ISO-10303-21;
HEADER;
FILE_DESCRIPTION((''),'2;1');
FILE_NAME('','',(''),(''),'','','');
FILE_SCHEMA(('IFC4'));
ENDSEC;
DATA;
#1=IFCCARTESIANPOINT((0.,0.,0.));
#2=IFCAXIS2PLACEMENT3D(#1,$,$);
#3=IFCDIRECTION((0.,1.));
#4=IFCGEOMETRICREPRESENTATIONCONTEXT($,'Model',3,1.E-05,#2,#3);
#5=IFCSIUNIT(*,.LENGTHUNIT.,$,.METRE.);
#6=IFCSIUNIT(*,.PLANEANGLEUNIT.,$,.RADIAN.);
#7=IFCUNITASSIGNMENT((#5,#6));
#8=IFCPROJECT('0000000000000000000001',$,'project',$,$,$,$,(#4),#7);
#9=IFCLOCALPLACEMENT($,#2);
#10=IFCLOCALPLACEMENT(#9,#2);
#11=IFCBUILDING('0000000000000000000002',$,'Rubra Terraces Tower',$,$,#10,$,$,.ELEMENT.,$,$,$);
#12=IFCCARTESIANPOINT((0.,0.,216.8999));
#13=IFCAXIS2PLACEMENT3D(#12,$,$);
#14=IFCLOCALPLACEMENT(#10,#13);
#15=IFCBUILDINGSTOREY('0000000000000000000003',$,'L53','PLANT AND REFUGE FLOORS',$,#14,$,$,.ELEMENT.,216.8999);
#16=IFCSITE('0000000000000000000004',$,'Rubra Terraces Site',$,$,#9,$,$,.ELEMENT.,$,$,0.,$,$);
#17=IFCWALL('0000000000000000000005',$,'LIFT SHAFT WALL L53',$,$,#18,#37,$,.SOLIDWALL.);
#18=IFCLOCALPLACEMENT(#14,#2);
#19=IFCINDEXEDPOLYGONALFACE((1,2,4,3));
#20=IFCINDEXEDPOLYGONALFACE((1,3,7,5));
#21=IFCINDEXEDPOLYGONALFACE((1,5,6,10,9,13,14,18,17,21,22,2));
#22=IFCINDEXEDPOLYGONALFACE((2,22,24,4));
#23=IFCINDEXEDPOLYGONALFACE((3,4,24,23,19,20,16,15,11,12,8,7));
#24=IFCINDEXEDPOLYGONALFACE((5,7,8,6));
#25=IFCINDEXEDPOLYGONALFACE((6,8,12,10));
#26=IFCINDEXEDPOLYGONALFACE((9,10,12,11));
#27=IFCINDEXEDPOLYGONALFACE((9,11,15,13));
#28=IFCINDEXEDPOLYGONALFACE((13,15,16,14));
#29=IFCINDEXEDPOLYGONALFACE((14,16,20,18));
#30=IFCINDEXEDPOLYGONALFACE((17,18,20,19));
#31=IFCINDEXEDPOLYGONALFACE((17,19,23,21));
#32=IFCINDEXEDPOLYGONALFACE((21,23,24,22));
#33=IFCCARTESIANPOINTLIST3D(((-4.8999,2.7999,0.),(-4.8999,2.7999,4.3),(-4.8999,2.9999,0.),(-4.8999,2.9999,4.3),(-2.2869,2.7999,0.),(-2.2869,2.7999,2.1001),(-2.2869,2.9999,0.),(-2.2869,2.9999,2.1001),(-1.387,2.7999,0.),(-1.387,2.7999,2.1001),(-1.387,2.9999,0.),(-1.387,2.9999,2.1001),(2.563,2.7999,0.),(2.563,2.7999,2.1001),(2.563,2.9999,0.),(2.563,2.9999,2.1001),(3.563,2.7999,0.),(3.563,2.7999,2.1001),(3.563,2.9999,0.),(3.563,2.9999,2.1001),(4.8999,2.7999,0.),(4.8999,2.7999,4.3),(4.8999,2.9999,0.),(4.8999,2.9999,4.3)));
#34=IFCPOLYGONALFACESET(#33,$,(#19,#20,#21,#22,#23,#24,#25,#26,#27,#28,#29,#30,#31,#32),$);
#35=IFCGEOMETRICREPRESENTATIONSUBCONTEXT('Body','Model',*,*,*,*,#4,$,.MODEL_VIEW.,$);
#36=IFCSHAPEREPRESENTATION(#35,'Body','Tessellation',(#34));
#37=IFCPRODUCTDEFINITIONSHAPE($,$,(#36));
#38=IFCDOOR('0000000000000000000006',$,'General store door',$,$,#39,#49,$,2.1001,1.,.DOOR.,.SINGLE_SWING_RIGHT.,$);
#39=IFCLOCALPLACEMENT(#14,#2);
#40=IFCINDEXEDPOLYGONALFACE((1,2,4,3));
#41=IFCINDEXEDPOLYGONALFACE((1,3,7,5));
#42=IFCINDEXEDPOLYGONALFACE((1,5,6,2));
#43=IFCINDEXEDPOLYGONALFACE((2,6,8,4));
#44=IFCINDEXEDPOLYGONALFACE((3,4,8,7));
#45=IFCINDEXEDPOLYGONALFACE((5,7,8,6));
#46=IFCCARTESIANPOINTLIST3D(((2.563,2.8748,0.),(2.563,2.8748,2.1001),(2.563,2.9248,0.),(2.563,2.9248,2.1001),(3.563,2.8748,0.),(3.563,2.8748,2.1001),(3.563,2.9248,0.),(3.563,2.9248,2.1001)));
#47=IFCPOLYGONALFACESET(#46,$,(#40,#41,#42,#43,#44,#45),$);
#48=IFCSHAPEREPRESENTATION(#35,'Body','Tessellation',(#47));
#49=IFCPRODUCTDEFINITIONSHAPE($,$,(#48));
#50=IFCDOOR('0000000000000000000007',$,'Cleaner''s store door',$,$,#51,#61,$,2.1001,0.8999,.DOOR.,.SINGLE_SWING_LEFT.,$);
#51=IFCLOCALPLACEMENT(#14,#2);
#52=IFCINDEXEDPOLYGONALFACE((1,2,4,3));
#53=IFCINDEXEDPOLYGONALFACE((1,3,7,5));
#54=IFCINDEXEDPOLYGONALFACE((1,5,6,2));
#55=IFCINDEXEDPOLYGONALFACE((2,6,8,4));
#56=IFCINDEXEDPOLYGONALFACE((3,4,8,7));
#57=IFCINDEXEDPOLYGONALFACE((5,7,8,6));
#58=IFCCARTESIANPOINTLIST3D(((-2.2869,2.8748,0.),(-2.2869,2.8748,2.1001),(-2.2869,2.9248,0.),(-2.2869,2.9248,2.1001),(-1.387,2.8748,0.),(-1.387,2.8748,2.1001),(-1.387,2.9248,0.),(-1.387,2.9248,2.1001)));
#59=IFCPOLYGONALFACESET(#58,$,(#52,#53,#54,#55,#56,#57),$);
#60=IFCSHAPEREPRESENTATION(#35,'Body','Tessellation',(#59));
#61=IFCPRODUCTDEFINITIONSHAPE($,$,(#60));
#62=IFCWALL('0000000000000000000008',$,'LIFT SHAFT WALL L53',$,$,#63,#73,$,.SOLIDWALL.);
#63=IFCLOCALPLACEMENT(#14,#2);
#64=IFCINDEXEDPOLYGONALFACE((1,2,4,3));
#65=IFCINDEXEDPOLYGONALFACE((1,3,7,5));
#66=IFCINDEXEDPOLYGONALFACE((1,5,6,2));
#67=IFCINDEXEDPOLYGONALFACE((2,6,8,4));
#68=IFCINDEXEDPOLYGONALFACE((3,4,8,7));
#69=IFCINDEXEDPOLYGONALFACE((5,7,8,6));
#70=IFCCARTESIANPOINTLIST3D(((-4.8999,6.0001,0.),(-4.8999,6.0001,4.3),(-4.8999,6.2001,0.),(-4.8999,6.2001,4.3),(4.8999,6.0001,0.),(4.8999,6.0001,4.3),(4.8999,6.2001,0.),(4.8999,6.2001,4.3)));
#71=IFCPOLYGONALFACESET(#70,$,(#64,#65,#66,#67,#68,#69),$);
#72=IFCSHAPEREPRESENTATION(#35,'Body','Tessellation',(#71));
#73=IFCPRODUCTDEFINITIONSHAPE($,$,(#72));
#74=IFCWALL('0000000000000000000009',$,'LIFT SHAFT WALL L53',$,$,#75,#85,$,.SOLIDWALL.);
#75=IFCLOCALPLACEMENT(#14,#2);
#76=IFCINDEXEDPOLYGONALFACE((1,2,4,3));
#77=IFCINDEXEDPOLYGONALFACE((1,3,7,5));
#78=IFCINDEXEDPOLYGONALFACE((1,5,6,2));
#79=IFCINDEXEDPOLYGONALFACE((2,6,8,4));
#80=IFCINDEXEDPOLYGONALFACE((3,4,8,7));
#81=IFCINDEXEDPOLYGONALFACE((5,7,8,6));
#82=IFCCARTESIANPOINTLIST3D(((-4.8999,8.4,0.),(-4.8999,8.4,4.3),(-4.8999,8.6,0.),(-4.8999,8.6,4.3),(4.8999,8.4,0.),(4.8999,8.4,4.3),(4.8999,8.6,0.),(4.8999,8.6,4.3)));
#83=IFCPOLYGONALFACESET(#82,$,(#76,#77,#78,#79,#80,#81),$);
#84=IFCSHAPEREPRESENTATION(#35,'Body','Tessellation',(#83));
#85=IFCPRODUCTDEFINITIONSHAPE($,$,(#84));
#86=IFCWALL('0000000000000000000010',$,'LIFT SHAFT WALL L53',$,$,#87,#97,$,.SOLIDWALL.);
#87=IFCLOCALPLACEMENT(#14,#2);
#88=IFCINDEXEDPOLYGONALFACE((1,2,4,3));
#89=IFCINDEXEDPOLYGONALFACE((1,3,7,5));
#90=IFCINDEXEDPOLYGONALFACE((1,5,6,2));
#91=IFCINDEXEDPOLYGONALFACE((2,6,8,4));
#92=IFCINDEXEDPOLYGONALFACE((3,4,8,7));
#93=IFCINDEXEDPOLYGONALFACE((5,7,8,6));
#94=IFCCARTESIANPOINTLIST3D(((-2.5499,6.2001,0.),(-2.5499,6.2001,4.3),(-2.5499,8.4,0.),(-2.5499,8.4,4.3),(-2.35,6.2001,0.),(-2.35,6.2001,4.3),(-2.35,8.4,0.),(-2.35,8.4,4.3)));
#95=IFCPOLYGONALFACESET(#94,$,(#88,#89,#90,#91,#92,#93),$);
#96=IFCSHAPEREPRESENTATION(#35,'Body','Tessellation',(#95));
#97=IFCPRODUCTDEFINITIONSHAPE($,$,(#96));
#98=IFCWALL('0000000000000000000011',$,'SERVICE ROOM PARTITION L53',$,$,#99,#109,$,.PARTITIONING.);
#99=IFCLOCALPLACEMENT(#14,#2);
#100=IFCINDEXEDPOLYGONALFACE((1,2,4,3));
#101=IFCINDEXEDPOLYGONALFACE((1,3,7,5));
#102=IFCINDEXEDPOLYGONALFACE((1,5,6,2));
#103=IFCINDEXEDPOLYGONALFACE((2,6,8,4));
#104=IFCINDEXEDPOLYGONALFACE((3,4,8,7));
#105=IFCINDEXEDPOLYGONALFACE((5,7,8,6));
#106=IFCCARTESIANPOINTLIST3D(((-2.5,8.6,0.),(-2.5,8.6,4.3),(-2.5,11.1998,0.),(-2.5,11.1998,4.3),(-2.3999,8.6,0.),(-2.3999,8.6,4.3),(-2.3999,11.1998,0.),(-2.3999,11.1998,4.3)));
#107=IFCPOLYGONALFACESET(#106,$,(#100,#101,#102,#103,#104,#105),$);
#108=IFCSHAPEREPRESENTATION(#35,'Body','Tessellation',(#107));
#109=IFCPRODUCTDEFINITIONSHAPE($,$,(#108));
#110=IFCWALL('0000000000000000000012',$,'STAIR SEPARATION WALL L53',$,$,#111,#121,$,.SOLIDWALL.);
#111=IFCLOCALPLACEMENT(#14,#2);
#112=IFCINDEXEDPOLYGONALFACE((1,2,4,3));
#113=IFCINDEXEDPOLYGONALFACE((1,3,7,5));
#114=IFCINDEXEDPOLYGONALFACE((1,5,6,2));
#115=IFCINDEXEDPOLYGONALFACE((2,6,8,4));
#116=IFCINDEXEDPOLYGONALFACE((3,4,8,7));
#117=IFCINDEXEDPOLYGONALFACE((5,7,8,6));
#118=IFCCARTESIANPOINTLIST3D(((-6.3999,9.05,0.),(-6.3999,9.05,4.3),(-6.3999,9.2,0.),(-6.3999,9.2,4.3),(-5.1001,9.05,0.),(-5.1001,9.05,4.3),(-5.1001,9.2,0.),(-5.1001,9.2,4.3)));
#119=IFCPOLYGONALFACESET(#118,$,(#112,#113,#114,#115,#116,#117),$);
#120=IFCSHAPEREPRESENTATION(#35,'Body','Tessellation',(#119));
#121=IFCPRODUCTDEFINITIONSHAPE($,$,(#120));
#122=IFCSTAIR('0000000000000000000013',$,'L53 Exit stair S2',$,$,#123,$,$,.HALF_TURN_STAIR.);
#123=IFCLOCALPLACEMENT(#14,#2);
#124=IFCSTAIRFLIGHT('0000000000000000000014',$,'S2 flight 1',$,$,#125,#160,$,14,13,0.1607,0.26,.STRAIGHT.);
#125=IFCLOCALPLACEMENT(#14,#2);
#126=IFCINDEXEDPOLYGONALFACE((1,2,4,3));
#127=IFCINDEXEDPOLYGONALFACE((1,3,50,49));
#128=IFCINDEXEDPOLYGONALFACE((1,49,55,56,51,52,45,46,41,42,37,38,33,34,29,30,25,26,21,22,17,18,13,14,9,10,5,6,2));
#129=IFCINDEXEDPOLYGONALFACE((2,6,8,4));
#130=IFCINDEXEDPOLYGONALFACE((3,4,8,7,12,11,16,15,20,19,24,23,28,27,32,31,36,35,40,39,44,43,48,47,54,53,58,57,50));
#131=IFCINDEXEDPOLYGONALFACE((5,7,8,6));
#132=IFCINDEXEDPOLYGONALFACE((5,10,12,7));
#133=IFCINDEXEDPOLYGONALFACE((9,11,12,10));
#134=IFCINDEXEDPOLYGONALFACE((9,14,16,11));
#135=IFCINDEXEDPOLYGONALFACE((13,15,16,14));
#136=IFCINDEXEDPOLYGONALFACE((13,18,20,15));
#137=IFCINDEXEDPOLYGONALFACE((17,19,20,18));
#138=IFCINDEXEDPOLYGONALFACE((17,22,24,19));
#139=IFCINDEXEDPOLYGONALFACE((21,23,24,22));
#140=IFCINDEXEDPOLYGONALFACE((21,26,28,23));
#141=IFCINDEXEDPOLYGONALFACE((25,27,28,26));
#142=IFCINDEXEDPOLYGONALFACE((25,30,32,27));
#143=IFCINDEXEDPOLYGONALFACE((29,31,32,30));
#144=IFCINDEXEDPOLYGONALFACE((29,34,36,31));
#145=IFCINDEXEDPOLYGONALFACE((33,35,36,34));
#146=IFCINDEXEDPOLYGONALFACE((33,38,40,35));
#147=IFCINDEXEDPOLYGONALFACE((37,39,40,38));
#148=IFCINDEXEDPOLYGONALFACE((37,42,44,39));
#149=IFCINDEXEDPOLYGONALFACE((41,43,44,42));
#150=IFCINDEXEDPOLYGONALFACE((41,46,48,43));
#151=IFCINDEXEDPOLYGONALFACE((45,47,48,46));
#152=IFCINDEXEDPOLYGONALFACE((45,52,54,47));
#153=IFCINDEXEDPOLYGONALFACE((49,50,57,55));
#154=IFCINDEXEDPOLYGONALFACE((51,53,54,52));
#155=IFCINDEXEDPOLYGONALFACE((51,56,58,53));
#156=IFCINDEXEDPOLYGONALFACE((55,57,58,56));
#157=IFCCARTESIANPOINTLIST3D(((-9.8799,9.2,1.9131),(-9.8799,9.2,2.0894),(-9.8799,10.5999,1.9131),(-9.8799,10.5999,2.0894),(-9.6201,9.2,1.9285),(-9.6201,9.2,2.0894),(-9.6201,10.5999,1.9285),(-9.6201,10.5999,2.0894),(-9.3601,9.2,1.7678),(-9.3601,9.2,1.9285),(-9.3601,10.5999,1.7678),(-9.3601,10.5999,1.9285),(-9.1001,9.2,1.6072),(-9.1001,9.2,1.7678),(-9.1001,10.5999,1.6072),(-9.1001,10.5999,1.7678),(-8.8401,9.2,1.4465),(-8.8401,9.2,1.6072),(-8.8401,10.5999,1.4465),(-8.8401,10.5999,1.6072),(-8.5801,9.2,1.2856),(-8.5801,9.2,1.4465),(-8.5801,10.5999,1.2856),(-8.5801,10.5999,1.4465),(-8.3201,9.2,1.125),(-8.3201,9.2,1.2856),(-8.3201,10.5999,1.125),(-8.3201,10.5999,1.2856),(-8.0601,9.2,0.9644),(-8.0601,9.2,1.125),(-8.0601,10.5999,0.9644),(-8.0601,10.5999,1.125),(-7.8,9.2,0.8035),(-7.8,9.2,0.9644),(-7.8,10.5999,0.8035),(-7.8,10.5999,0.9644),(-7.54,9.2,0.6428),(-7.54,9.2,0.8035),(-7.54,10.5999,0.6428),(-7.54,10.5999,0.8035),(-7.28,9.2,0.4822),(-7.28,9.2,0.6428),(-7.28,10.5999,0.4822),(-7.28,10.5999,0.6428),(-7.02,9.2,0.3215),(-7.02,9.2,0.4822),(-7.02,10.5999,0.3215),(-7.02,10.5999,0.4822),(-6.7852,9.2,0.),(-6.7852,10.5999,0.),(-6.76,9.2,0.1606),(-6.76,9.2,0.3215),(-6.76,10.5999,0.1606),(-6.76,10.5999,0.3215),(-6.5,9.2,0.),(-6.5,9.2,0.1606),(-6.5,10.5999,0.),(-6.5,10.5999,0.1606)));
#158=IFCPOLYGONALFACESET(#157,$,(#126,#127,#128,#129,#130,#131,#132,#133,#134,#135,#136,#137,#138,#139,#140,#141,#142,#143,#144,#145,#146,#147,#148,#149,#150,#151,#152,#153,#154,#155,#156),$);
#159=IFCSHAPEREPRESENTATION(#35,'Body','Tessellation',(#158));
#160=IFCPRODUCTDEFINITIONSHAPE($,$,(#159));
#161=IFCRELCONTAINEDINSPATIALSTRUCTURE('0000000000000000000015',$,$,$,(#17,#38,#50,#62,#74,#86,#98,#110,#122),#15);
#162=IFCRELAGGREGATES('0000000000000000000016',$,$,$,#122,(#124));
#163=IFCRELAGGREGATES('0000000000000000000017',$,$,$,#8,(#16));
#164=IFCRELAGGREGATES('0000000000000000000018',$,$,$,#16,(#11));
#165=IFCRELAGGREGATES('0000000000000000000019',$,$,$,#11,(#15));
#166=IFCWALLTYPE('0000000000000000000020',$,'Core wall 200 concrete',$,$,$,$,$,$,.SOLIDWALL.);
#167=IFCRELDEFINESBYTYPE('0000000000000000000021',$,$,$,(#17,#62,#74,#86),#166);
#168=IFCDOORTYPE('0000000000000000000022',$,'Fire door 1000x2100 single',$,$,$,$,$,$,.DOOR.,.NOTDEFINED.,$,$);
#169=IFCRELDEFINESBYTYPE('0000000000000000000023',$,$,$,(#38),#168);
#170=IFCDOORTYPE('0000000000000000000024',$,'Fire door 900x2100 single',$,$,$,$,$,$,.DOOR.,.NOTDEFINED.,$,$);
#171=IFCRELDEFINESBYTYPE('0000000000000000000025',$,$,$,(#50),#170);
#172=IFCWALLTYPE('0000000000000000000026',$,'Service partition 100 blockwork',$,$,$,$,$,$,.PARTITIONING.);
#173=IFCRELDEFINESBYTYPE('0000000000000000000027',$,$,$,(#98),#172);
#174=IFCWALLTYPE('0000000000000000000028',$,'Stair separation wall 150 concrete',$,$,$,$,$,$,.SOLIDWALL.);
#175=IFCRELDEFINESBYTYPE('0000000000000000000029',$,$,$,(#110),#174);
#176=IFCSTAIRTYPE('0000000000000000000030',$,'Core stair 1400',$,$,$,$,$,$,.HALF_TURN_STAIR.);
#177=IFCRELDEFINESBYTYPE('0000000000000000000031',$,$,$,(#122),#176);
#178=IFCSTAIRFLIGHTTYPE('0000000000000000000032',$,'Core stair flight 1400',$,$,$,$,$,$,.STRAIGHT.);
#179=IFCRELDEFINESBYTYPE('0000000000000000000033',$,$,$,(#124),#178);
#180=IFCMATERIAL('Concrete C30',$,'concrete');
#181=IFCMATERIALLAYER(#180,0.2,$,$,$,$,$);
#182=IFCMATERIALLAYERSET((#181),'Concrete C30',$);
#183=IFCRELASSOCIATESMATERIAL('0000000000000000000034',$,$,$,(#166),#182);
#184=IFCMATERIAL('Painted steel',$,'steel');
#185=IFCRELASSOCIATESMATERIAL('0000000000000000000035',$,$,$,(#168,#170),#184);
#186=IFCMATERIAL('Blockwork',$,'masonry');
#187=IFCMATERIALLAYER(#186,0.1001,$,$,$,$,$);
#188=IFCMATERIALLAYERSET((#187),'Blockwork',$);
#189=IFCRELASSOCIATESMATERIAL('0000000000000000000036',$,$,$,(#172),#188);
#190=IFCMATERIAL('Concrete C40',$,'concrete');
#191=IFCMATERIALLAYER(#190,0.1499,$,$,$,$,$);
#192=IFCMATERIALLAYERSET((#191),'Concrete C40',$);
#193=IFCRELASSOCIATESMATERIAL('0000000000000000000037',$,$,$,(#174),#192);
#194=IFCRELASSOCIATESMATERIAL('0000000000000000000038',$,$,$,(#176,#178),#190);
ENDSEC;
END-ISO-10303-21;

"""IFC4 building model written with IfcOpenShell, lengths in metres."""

from ifc_helpers import new_model, si_unit, direction, frame, frame_2d, origin, place, context, subcontext, project, spatial, polyline, rectangle, outline, extrude, material, layer, layer_set, type_object, element, fill, aggregate, save


model = new_model("IFC4")

# Units and contexts
model_context = context("Model", 3, precision=1e-05, world=origin(), true_north=direction((0.0, 1.0)))
body_context = subcontext(model_context, "Body", "Model", "MODEL_VIEW")
ifc_project = project(units=[si_unit("LENGTHUNIT", "METRE"), si_unit("PLANEANGLEUNIT", "RADIAN")], contexts=[model_context])

# Site, building, storey
site_placement = place(None, origin())
site = spatial("IfcSite", under=ifc_project, at=site_placement, Name="Rubra Terraces Site", CompositionType="ELEMENT", RefElevation=0.0)
building_placement = place(site_placement, origin())
building = spatial("IfcBuilding", under=site, at=building_placement, Name="Rubra Terraces Tower", CompositionType="ELEMENT")
storey_placement = place(building_placement, frame((0.0, 0.0, 216.8999)))
storey = spatial("IfcBuildingStorey", under=building, at=storey_placement, Name="L53", Description="PLANT AND REFUGE FLOORS", CompositionType="ELEMENT", Elevation=216.8999)

# Wall, openings, doors
ifc_material_1 = material(Name="Concrete C30", Category="concrete")
ifc_layer_1 = layer(ifc_material_1, 0.2)
ifc_layer_set_1 = layer_set([ifc_layer_1], Name="Concrete C30")
wall_type_1 = type_object("IfcWallType", Name="Core wall 200 concrete", PredefinedType="SOLIDWALL", material=ifc_layer_set_1)
wall_1_placement = place(storey_placement, frame((-4.8999, 2.8999, 0.0), z_axis=(0.0, 0.0, 1.0), x_axis=(1.0, 0.0, 0.0)))
wall_1 = element("IfcWall", 1, at=wall_1_placement, inside=storey, type_object=wall_type_1, Name="LIFT SHAFT WALL L53", PredefinedType="SOLIDWALL", context=body_context, shape_type="SweptSolid", body=[
    extrude(rectangle(XDim=9.7998, YDim=0.2, at=frame_2d((4.8999, 0.0))), origin(), (0.0, 0.0, 1.0), 4.3),
])
opening_1_placement = place(wall_1_placement, frame((2.613, 0.0, 0.0)))
opening_1 = element("IfcOpeningElement", 2, at=opening_1_placement, cuts=wall_1, PredefinedType="OPENING", context=body_context, shape_type="SweptSolid", body=[
    extrude(rectangle(XDim=0.8999, YDim=2.1001, at=frame_2d((0.45, 1.05))), frame((0.0, 0.1099, 0.0), z_axis=(0.0, -1.0, 0.0), x_axis=(1.0, 0.0, 0.0)), (0.0, 0.0, 1.0), 0.22),
])
opening_2_placement = place(wall_1_placement, frame((7.4629, 0.0, 0.0)))
opening_2 = element("IfcOpeningElement", 3, at=opening_2_placement, cuts=wall_1, PredefinedType="OPENING", context=body_context, shape_type="SweptSolid", body=[
    extrude(rectangle(XDim=1.0, YDim=2.1001, at=frame_2d((0.5, 1.05))), frame((0.0, 0.1099, 0.0), z_axis=(0.0, -1.0, 0.0), x_axis=(1.0, 0.0, 0.0)), (0.0, 0.0, 1.0), 0.22),
])
ifc_material_2 = material(Name="Painted steel", Category="steel")
door_type_1 = type_object("IfcDoorType", Name="Fire door 1000x2100 single", OperationType="NOTDEFINED", PredefinedType="DOOR", material=ifc_material_2)
door_1_placement = place(opening_2_placement, origin())
door_1 = element("IfcDoor", 4, at=door_1_placement, inside=storey, type_object=door_type_1, Name="General store door", OperationType="SINGLE_SWING_RIGHT", OverallHeight=2.1001, OverallWidth=1.0, PredefinedType="DOOR", context=body_context, shape_type="SweptSolid", body=[
    extrude(rectangle(XDim=1.0, YDim=2.1001, at=frame_2d((0.5, 1.05))), frame((0.0, 0.0249, 0.0), z_axis=(0.0, -1.0, 0.0), x_axis=(1.0, 0.0, 0.0)), (0.0, 0.0, 1.0), 0.05),
])
fill(opening_2, door_1)
door_type_2 = type_object("IfcDoorType", Name="Fire door 900x2100 single", OperationType="NOTDEFINED", PredefinedType="DOOR", material=ifc_material_2)
door_2_placement = place(opening_1_placement, origin())
door_2 = element("IfcDoor", 5, at=door_2_placement, inside=storey, type_object=door_type_2, Name="Cleaner's store door", OperationType="SINGLE_SWING_LEFT", OverallHeight=2.1001, OverallWidth=0.8999, PredefinedType="DOOR", context=body_context, shape_type="SweptSolid", body=[
    extrude(rectangle(XDim=0.8999, YDim=2.1001, at=frame_2d((0.45, 1.05))), frame((0.0, 0.0249, 0.0), z_axis=(0.0, -1.0, 0.0), x_axis=(1.0, 0.0, 0.0)), (0.0, 0.0, 1.0), 0.05),
])
fill(opening_1, door_2)

# Walls
for number, where, z_axis, x_axis, name in (
    (6, (-4.8999, 6.1001, 0.0), (0.0, 0.0, 1.0), (1.0, 0.0, 0.0), "LIFT SHAFT WALL L53"),
    (7, (-4.8999, 8.5, 0.0), (0.0, 0.0, 1.0), (1.0, 0.0, 0.0), "LIFT SHAFT WALL L53"),
):
    element("IfcWall", number, at=place(storey_placement, frame(where, z_axis=z_axis, x_axis=x_axis)), inside=storey, type_object=wall_type_1, Name=name, PredefinedType="SOLIDWALL", context=body_context, shape_type="SweptSolid", body=[
        extrude(rectangle(XDim=9.7998, YDim=0.2, at=frame_2d((4.8999, 0.0))), origin(), (0.0, 0.0, 1.0), 4.3),
    ])
wall_2_placement = place(storey_placement, frame((-2.45, 6.2, 0.0), z_axis=(0.0, 0.0, 1.0), x_axis=(0.0, 1.0, 0.0)))
element("IfcWall", 8, at=wall_2_placement, inside=storey, type_object=wall_type_1, Name="LIFT SHAFT WALL L53", PredefinedType="SOLIDWALL", context=body_context, shape_type="SweptSolid", body=[
    extrude(rectangle(XDim=2.2, YDim=0.2, at=frame_2d((1.1001, 0.0))), origin(), (0.0, 0.0, 1.0), 4.3),
])
ifc_material_3 = material(Name="Blockwork", Category="masonry")
ifc_layer_2 = layer(ifc_material_3, 0.1001)
ifc_layer_set_2 = layer_set([ifc_layer_2], Name="Blockwork")
wall_type_2 = type_object("IfcWallType", Name="Service partition 100 blockwork", PredefinedType="PARTITIONING", material=ifc_layer_set_2)
wall_3_placement = place(storey_placement, frame((-2.45, 8.6001, 0.0), z_axis=(0.0, 0.0, 1.0), x_axis=(0.0, 1.0, 0.0)))
element("IfcWall", 9, at=wall_3_placement, inside=storey, type_object=wall_type_2, Name="SERVICE ROOM PARTITION L53", PredefinedType="PARTITIONING", context=body_context, shape_type="SweptSolid", body=[
    extrude(rectangle(XDim=2.5999, YDim=0.1001, at=frame_2d((1.2998, 0.0))), origin(), (0.0, 0.0, 1.0), 4.3),
])
ifc_material_4 = material(Name="Concrete C40", Category="concrete")
ifc_layer_3 = layer(ifc_material_4, 0.1499)
ifc_layer_set_3 = layer_set([ifc_layer_3], Name="Concrete C40")
wall_type_3 = type_object("IfcWallType", Name="Stair separation wall 150 concrete", PredefinedType="SOLIDWALL", material=ifc_layer_set_3)
wall_4_placement = place(storey_placement, frame((-6.3999, 9.125, 0.0), z_axis=(0.0, 0.0, 1.0), x_axis=(1.0, 0.0, 0.0)))
element("IfcWall", 10, at=wall_4_placement, inside=storey, type_object=wall_type_3, Name="STAIR SEPARATION WALL L53", PredefinedType="SOLIDWALL", context=body_context, shape_type="SweptSolid", body=[
    extrude(rectangle(XDim=1.2998, YDim=0.1499, at=frame_2d((0.6499, 0.0))), origin(), (0.0, 0.0, 1.0), 4.3),
])

# Stair, stair flight
stair_type = type_object("IfcStairType", Name="Core stair 1400", PredefinedType="HALF_TURN_STAIR", material=ifc_material_4)
stair_placement = place(storey_placement, origin())
stair = element("IfcStair", 11, at=stair_placement, inside=storey, type_object=stair_type, Name="L53 Exit stair S2", PredefinedType="HALF_TURN_STAIR")
stair_flight_type = type_object("IfcStairFlightType", Name="Core stair flight 1400", PredefinedType="STRAIGHT", material=ifc_material_4)
stair_flight_placement = place(storey_placement, frame((-6.5, 9.8999, 0.0), z_axis=(0.0, 0.0, 1.0), x_axis=(-1.0, 0.0, 0.0)))
stair_flight = element("IfcStairFlight", 12, at=stair_flight_placement, type_object=stair_flight_type, Name="S2 flight 1", NumberOfRisers=14, NumberOfTreads=13, PredefinedType="STRAIGHT", RiserHeight=0.1607, TreadLength=0.26, context=body_context, shape_type="SweptSolid", body=[
    extrude(outline(polyline([(0.0, 0.0), (0.0, 0.1606), (0.26, 0.1606), (0.26, 0.3215), (0.52, 0.3215), (0.52, 0.4822), (0.78, 0.4822), (0.78, 0.6428), (1.04, 0.6428), (1.04, 0.8035), (1.3, 0.8035), (1.3, 0.9644), (1.5601, 0.9644), (1.5601, 1.125), (1.8201, 1.125), (1.8201, 1.2856), (2.0801, 1.2856), (2.0801, 1.4465), (2.3401, 1.4465), (2.3401, 1.6072), (2.6001, 1.6072), (2.6001, 1.7678), (2.8601, 1.7678), (2.8601, 1.9285), (3.1201, 1.9285), (3.1201, 2.0894), (3.3799, 2.0894), (3.3799, 2.25), (3.3799, 1.9131), (0.2852, 0.0), (0.0, 0.0)])), frame((0.0, 0.7, 0.0), z_axis=(0.0, -1.0, 0.0), x_axis=(1.0, 0.0, 0.0)), (0.0, 0.0, 1.0), 1.3999),
])
aggregate(stair, [stair_flight])

save(model, "model.ifc")
